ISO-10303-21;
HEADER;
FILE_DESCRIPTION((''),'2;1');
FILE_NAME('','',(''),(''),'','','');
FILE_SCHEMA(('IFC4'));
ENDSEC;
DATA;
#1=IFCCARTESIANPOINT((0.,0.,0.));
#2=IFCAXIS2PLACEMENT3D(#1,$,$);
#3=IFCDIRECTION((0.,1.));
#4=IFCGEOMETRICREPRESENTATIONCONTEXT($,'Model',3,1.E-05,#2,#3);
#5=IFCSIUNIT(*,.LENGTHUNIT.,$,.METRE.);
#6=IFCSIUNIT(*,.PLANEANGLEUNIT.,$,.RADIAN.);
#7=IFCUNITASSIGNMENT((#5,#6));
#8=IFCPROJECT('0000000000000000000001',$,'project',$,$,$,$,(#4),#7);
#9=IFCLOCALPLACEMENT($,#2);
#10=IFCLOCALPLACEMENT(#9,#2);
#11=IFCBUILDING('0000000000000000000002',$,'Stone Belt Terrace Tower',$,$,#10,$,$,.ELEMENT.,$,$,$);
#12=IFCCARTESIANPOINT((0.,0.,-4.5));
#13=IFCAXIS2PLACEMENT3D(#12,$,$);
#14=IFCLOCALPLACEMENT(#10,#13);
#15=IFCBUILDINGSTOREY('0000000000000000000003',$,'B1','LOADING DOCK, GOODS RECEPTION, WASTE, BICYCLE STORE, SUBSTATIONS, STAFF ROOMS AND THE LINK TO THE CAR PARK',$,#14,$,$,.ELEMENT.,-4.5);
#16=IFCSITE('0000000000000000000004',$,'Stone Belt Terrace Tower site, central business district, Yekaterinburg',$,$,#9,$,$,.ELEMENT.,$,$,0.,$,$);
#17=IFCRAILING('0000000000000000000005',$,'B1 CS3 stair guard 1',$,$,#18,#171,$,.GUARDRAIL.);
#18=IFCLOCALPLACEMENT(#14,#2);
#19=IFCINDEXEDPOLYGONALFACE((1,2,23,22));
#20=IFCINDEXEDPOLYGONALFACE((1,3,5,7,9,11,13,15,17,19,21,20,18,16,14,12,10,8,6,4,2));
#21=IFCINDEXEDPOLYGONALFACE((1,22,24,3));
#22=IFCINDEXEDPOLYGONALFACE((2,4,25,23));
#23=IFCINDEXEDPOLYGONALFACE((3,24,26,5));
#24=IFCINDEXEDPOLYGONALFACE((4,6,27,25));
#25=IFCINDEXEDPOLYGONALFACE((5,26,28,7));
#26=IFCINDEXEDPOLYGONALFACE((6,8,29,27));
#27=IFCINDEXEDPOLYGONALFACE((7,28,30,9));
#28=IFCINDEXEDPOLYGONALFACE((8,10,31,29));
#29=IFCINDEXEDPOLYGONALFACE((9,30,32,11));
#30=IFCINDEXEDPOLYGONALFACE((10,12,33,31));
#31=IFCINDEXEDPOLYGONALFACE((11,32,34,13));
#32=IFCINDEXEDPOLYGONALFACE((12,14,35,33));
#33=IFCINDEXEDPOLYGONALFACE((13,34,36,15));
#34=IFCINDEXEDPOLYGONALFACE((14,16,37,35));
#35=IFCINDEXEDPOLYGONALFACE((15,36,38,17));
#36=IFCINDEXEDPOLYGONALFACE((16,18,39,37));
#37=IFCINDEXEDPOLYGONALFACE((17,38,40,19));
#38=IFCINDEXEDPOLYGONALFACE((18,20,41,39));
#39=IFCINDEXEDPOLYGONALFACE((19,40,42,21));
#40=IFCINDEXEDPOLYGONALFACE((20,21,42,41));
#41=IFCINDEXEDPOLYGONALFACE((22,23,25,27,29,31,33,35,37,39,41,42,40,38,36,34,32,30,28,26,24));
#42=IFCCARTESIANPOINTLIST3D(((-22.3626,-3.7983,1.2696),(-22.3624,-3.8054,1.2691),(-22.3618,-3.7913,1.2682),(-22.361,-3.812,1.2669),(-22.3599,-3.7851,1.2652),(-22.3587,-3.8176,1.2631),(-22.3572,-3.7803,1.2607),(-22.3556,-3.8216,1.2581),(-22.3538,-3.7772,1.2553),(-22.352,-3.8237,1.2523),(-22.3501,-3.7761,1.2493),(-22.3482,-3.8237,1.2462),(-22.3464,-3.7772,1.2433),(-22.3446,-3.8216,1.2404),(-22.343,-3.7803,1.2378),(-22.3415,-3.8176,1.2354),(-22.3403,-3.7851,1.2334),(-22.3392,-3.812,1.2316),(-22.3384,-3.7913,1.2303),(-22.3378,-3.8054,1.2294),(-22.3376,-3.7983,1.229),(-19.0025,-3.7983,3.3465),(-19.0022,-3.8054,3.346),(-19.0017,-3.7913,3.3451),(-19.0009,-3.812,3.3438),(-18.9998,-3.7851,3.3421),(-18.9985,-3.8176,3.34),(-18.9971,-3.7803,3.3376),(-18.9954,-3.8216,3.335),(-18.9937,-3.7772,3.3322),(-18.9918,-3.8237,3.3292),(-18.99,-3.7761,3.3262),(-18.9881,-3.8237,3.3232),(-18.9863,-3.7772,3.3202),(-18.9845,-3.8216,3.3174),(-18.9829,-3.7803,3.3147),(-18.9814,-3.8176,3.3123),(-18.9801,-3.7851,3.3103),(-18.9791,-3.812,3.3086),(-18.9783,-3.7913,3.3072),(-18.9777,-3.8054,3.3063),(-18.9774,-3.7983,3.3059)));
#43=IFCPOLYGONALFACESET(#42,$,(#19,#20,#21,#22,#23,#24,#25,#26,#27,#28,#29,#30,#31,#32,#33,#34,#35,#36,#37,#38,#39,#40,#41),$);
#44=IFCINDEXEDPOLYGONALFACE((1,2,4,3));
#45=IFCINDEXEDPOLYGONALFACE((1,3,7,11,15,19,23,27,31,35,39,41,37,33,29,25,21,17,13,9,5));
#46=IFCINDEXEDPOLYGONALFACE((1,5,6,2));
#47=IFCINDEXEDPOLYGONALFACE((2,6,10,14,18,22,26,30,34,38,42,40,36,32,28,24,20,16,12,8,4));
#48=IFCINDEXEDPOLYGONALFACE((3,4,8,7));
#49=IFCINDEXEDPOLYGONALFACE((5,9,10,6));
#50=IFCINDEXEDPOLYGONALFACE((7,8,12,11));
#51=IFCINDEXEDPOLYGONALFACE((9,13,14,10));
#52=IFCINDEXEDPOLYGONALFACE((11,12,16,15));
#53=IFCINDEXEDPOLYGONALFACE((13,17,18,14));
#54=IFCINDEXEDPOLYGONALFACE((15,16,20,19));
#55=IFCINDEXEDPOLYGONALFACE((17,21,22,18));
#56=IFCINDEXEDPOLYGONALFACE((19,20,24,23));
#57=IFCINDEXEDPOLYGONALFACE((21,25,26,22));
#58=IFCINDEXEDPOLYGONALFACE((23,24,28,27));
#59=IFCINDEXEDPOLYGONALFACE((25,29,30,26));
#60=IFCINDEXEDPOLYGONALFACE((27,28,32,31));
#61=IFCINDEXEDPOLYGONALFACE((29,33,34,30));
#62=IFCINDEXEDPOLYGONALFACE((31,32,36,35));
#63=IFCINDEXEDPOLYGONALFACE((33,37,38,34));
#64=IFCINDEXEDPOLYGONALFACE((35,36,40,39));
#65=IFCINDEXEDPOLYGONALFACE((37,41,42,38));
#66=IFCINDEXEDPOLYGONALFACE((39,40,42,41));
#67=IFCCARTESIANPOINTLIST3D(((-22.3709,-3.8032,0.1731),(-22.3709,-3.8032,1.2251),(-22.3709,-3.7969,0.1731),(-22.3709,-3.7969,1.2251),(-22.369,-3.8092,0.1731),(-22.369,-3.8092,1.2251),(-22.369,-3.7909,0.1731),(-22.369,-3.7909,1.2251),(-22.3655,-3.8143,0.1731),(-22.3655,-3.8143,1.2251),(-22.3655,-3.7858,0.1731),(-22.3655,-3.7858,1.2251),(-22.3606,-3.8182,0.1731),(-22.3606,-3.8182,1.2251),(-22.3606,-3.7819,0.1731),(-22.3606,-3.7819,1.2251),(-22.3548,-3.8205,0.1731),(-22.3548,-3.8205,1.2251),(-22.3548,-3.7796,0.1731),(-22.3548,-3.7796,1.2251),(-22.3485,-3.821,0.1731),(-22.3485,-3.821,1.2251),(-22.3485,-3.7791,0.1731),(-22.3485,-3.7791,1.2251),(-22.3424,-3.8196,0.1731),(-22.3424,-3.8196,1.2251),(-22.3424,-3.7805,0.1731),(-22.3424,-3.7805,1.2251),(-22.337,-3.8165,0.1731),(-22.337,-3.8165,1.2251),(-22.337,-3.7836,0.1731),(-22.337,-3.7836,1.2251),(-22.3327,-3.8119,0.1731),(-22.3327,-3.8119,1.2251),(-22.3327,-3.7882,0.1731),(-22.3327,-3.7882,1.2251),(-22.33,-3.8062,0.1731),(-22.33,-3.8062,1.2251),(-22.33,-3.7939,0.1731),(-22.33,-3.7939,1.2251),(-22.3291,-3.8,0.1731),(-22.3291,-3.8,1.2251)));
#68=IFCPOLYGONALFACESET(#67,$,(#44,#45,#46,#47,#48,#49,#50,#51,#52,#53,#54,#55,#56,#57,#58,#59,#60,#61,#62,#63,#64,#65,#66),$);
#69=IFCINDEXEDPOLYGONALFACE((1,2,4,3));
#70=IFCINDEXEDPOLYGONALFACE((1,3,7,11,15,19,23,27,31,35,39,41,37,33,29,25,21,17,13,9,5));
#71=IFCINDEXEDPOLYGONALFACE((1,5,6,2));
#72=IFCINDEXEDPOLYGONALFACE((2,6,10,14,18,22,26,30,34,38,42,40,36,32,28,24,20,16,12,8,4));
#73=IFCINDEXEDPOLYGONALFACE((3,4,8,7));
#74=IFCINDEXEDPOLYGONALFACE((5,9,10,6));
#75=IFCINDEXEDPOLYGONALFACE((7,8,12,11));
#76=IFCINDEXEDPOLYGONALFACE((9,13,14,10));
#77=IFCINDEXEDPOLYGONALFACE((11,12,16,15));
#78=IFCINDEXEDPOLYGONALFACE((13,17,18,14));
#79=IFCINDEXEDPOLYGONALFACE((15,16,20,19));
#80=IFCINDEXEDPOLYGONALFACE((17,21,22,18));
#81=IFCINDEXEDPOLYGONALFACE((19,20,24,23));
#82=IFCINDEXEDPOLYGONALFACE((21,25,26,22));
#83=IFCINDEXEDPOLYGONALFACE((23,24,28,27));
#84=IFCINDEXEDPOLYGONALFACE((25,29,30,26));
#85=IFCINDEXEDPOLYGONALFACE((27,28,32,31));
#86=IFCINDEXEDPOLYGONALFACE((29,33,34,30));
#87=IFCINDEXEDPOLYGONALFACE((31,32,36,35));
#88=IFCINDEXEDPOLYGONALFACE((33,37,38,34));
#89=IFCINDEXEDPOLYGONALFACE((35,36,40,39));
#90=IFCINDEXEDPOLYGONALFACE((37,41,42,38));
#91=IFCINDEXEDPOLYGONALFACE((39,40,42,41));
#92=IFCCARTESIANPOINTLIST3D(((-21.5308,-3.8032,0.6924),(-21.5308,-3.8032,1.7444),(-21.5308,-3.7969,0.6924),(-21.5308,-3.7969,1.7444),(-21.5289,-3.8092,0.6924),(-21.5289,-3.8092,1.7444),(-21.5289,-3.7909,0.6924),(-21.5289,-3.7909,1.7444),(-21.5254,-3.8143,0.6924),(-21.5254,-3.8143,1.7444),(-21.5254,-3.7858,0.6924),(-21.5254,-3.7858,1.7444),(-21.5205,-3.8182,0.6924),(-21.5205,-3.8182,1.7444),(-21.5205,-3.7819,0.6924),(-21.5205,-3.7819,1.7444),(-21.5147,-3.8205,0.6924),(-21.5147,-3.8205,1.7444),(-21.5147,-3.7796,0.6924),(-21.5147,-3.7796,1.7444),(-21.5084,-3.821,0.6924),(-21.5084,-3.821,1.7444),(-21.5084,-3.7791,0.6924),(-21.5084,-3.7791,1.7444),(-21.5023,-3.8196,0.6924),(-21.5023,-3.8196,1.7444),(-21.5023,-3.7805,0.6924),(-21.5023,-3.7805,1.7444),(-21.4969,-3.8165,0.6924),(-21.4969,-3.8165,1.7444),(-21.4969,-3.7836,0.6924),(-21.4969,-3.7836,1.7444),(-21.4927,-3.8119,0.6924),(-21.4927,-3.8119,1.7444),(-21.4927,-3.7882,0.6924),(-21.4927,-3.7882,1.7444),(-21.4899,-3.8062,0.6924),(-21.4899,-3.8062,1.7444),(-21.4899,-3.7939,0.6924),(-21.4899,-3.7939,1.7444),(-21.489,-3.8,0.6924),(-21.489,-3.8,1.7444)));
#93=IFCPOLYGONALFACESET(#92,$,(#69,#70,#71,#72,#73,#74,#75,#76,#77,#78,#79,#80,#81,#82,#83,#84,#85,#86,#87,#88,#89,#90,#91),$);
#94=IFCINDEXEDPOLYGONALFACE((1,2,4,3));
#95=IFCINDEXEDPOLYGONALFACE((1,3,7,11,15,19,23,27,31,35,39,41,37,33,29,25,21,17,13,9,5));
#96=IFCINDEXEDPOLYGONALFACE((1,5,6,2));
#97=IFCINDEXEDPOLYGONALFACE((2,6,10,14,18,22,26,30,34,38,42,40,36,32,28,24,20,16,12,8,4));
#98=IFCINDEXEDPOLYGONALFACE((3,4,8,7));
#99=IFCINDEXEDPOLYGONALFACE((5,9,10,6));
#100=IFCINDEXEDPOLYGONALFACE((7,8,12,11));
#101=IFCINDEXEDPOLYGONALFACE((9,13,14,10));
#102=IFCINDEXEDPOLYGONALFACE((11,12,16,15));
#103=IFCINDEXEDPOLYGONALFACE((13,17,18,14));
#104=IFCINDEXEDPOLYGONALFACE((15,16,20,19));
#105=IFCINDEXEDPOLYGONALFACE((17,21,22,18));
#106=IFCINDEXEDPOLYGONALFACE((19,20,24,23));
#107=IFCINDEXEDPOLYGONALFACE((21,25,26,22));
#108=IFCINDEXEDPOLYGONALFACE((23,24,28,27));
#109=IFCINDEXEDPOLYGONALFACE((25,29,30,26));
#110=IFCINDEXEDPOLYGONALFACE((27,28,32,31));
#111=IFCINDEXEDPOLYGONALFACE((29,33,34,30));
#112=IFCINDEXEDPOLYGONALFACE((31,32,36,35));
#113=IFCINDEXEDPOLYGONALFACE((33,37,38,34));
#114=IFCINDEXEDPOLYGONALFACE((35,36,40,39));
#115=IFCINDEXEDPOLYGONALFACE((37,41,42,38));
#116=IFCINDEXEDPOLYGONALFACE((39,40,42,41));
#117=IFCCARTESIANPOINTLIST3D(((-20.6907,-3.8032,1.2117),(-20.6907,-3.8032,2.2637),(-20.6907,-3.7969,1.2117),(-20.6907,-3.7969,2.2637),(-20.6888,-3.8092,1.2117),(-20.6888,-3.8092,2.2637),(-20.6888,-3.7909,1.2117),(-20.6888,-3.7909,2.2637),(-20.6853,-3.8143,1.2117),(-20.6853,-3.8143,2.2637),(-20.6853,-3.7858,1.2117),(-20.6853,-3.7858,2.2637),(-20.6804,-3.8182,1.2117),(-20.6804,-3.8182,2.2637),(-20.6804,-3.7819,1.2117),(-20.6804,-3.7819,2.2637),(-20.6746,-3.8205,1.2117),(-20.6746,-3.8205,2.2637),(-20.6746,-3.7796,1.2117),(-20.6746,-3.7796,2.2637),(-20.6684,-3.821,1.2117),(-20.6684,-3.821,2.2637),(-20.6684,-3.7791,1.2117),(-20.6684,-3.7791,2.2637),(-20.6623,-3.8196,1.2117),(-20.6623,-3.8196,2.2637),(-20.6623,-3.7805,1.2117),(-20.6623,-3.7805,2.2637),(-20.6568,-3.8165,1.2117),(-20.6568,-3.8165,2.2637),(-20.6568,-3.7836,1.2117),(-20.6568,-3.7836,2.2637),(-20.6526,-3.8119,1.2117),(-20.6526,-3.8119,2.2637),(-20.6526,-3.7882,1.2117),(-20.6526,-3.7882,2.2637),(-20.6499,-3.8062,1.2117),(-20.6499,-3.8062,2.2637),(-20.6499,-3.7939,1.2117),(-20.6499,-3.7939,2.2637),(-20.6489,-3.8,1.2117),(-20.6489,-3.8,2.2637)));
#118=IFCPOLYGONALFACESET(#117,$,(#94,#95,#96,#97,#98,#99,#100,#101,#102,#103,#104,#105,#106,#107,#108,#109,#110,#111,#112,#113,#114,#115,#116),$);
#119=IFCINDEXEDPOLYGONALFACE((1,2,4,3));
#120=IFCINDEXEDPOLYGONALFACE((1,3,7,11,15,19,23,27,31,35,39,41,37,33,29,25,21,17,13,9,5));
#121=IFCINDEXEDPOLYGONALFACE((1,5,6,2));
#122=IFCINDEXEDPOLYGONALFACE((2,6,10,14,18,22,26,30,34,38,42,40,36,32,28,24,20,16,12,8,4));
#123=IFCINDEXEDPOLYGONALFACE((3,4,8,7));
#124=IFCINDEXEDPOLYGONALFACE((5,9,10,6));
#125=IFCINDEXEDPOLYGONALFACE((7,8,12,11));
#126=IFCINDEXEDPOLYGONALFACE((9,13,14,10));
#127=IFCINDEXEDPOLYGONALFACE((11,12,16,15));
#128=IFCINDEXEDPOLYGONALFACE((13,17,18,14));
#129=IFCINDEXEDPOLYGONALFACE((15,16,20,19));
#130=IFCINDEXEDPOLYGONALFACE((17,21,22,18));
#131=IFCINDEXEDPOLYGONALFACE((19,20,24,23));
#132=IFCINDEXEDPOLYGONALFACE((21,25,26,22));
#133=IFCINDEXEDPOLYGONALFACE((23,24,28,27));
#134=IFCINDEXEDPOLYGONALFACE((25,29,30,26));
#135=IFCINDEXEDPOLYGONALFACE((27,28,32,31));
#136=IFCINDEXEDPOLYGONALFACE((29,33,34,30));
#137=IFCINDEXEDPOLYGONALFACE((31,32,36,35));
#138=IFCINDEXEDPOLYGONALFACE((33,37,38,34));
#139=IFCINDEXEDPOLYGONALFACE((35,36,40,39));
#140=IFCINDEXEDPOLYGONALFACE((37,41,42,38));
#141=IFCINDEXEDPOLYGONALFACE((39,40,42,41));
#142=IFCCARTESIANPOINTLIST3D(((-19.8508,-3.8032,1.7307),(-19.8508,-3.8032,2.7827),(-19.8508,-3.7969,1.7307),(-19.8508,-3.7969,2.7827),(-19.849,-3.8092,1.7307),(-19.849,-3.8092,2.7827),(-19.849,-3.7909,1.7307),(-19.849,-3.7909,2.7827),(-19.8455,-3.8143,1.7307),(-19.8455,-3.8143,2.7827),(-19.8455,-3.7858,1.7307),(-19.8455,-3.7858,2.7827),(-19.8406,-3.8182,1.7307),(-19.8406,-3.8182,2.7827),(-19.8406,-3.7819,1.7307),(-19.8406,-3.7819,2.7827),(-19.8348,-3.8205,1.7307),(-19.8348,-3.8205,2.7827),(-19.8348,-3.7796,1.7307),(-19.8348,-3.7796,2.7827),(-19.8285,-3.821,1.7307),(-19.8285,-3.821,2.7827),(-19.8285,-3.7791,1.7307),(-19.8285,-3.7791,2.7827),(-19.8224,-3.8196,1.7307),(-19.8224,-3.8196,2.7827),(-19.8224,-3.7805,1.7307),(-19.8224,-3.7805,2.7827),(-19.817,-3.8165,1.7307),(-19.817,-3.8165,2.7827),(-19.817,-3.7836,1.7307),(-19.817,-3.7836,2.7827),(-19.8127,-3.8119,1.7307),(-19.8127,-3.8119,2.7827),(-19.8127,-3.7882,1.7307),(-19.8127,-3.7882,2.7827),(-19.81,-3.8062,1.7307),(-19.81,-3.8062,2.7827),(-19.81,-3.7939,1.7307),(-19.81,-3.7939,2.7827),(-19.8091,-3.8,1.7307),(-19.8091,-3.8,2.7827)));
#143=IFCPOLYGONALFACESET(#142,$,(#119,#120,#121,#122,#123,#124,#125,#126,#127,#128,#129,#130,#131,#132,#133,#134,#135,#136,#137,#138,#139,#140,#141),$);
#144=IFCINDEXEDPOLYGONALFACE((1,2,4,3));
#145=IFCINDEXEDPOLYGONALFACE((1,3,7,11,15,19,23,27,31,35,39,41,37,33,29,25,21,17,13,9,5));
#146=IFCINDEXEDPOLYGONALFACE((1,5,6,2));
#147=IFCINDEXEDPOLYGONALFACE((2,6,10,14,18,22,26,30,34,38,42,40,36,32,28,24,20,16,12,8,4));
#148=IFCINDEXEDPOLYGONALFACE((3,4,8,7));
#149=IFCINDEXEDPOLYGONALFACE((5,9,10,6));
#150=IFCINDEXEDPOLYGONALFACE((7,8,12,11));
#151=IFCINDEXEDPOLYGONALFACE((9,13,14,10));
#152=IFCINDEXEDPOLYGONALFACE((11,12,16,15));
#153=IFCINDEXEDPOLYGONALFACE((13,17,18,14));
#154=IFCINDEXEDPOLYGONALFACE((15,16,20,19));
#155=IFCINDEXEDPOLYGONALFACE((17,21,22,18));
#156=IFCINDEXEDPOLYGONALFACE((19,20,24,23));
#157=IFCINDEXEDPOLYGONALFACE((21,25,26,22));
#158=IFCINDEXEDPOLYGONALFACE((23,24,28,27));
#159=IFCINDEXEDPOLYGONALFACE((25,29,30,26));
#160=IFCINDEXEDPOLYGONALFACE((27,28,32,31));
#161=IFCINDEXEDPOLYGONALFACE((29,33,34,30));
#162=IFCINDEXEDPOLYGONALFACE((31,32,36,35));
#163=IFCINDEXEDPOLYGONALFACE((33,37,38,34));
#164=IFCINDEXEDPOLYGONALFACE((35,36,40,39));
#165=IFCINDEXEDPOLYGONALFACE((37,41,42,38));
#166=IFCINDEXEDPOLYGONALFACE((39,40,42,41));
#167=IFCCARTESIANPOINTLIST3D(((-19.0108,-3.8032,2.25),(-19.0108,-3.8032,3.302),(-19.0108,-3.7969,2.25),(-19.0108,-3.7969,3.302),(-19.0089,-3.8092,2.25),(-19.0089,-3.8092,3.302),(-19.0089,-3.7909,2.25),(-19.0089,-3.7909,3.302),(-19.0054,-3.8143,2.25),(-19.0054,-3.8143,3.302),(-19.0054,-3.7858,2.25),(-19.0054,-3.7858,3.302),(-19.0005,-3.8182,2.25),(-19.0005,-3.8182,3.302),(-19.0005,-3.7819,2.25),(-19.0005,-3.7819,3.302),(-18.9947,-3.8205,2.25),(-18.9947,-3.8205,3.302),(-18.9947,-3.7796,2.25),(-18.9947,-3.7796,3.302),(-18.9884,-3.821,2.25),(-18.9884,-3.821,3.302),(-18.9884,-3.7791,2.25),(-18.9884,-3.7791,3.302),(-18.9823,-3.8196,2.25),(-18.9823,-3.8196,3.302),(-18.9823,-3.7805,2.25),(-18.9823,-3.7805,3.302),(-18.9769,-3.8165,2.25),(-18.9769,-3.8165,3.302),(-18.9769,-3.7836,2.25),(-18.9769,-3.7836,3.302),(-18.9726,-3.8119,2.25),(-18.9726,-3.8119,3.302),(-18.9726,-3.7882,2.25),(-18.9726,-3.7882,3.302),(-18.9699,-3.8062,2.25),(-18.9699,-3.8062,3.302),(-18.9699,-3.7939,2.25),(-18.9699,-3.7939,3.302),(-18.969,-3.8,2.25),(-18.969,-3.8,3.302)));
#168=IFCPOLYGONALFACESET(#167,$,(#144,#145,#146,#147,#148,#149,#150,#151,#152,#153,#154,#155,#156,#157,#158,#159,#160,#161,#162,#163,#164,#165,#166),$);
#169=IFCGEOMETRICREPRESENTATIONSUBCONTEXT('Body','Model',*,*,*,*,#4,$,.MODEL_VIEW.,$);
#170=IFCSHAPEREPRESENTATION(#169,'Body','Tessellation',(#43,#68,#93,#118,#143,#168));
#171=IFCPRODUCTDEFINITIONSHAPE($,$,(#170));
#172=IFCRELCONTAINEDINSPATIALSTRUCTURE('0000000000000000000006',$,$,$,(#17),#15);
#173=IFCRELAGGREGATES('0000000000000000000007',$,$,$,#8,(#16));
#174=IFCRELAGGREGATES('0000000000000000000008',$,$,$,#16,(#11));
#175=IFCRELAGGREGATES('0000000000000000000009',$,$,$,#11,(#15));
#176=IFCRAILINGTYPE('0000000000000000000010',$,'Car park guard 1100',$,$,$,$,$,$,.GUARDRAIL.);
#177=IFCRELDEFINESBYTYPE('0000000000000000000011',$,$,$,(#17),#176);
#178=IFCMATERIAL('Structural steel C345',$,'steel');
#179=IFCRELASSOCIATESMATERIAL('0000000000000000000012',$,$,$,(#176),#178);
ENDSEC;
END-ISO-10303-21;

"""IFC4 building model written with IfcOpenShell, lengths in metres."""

from ifc_helpers import new_model, si_unit, direction, frame, origin, origin_2d, place, context, subcontext, project, spatial, circle, extrude, material, type_object, element, save


model = new_model("IFC4")

# Units and contexts
model_context = context("Model", 3, precision=1e-05, world=origin(), true_north=direction((0.0, 1.0)))
body_context = subcontext(model_context, "Body", "Model", "MODEL_VIEW")
ifc_project = project(units=[si_unit("LENGTHUNIT", "METRE"), si_unit("PLANEANGLEUNIT", "RADIAN")], contexts=[model_context])

# Site, building, storey
site_placement = place(None, origin())
site = spatial("IfcSite", under=ifc_project, at=site_placement, Name="Stone Belt Terrace Tower site, central business district, Yekaterinburg", CompositionType="ELEMENT", RefElevation=0.0)
building_placement = place(site_placement, origin())
building = spatial("IfcBuilding", under=site, at=building_placement, Name="Stone Belt Terrace Tower", CompositionType="ELEMENT")
storey_placement = place(building_placement, frame((0.0, 0.0, -4.5)))
storey = spatial("IfcBuildingStorey", under=building, at=storey_placement, Name="B1", Description="LOADING DOCK, GOODS RECEPTION, WASTE, BICYCLE STORE, SUBSTATIONS, STAFF ROOMS AND THE LINK TO THE CAR PARK", CompositionType="ELEMENT", Elevation=-4.5)

# Railing
ifc_material_1 = material(Name="Structural steel C345", Category="steel")
railing_type_1 = type_object("IfcRailingType", Name="Car park guard 1100", PredefinedType="GUARDRAIL", material=ifc_material_1)
railing_1_placement = place(storey_placement, frame((-22.3501, -3.8, 0.1731)))
element("IfcRailing", 1, at=railing_1_placement, inside=storey, type_object=railing_type_1, Name="B1 CS3 stair guard 1", PredefinedType="GUARDRAIL", context=body_context, shape_type="SweptSolid", body=[
    extrude(circle(Radius=0.0239, at=origin_2d()), frame((0.0, 0.0, 1.0762), z_axis=(0.850623, 0.0, 0.525776), x_axis=(0.0, 1.0, 0.0)), (0.0, 0.0, 1.0), 3.9502),
    extrude(circle(Radius=0.021, at=origin_2d()), origin(), (0.0, 0.0, 1.0), 1.052),
    extrude(circle(Radius=0.021, at=origin_2d()), frame((0.8401, 0.0, 0.5193)), (0.0, 0.0, 1.0), 1.052),
    extrude(circle(Radius=0.021, at=origin_2d()), frame((1.6802, 0.0, 1.0386)), (0.0, 0.0, 1.0), 1.052),
    extrude(circle(Radius=0.021, at=origin_2d()), frame((2.52, 0.0, 1.5576)), (0.0, 0.0, 1.0), 1.052),
    extrude(circle(Radius=0.021, at=origin_2d()), frame((3.3601, 0.0, 2.0769)), (0.0, 0.0, 1.0), 1.052),
])

save(model, "model.ifc")
